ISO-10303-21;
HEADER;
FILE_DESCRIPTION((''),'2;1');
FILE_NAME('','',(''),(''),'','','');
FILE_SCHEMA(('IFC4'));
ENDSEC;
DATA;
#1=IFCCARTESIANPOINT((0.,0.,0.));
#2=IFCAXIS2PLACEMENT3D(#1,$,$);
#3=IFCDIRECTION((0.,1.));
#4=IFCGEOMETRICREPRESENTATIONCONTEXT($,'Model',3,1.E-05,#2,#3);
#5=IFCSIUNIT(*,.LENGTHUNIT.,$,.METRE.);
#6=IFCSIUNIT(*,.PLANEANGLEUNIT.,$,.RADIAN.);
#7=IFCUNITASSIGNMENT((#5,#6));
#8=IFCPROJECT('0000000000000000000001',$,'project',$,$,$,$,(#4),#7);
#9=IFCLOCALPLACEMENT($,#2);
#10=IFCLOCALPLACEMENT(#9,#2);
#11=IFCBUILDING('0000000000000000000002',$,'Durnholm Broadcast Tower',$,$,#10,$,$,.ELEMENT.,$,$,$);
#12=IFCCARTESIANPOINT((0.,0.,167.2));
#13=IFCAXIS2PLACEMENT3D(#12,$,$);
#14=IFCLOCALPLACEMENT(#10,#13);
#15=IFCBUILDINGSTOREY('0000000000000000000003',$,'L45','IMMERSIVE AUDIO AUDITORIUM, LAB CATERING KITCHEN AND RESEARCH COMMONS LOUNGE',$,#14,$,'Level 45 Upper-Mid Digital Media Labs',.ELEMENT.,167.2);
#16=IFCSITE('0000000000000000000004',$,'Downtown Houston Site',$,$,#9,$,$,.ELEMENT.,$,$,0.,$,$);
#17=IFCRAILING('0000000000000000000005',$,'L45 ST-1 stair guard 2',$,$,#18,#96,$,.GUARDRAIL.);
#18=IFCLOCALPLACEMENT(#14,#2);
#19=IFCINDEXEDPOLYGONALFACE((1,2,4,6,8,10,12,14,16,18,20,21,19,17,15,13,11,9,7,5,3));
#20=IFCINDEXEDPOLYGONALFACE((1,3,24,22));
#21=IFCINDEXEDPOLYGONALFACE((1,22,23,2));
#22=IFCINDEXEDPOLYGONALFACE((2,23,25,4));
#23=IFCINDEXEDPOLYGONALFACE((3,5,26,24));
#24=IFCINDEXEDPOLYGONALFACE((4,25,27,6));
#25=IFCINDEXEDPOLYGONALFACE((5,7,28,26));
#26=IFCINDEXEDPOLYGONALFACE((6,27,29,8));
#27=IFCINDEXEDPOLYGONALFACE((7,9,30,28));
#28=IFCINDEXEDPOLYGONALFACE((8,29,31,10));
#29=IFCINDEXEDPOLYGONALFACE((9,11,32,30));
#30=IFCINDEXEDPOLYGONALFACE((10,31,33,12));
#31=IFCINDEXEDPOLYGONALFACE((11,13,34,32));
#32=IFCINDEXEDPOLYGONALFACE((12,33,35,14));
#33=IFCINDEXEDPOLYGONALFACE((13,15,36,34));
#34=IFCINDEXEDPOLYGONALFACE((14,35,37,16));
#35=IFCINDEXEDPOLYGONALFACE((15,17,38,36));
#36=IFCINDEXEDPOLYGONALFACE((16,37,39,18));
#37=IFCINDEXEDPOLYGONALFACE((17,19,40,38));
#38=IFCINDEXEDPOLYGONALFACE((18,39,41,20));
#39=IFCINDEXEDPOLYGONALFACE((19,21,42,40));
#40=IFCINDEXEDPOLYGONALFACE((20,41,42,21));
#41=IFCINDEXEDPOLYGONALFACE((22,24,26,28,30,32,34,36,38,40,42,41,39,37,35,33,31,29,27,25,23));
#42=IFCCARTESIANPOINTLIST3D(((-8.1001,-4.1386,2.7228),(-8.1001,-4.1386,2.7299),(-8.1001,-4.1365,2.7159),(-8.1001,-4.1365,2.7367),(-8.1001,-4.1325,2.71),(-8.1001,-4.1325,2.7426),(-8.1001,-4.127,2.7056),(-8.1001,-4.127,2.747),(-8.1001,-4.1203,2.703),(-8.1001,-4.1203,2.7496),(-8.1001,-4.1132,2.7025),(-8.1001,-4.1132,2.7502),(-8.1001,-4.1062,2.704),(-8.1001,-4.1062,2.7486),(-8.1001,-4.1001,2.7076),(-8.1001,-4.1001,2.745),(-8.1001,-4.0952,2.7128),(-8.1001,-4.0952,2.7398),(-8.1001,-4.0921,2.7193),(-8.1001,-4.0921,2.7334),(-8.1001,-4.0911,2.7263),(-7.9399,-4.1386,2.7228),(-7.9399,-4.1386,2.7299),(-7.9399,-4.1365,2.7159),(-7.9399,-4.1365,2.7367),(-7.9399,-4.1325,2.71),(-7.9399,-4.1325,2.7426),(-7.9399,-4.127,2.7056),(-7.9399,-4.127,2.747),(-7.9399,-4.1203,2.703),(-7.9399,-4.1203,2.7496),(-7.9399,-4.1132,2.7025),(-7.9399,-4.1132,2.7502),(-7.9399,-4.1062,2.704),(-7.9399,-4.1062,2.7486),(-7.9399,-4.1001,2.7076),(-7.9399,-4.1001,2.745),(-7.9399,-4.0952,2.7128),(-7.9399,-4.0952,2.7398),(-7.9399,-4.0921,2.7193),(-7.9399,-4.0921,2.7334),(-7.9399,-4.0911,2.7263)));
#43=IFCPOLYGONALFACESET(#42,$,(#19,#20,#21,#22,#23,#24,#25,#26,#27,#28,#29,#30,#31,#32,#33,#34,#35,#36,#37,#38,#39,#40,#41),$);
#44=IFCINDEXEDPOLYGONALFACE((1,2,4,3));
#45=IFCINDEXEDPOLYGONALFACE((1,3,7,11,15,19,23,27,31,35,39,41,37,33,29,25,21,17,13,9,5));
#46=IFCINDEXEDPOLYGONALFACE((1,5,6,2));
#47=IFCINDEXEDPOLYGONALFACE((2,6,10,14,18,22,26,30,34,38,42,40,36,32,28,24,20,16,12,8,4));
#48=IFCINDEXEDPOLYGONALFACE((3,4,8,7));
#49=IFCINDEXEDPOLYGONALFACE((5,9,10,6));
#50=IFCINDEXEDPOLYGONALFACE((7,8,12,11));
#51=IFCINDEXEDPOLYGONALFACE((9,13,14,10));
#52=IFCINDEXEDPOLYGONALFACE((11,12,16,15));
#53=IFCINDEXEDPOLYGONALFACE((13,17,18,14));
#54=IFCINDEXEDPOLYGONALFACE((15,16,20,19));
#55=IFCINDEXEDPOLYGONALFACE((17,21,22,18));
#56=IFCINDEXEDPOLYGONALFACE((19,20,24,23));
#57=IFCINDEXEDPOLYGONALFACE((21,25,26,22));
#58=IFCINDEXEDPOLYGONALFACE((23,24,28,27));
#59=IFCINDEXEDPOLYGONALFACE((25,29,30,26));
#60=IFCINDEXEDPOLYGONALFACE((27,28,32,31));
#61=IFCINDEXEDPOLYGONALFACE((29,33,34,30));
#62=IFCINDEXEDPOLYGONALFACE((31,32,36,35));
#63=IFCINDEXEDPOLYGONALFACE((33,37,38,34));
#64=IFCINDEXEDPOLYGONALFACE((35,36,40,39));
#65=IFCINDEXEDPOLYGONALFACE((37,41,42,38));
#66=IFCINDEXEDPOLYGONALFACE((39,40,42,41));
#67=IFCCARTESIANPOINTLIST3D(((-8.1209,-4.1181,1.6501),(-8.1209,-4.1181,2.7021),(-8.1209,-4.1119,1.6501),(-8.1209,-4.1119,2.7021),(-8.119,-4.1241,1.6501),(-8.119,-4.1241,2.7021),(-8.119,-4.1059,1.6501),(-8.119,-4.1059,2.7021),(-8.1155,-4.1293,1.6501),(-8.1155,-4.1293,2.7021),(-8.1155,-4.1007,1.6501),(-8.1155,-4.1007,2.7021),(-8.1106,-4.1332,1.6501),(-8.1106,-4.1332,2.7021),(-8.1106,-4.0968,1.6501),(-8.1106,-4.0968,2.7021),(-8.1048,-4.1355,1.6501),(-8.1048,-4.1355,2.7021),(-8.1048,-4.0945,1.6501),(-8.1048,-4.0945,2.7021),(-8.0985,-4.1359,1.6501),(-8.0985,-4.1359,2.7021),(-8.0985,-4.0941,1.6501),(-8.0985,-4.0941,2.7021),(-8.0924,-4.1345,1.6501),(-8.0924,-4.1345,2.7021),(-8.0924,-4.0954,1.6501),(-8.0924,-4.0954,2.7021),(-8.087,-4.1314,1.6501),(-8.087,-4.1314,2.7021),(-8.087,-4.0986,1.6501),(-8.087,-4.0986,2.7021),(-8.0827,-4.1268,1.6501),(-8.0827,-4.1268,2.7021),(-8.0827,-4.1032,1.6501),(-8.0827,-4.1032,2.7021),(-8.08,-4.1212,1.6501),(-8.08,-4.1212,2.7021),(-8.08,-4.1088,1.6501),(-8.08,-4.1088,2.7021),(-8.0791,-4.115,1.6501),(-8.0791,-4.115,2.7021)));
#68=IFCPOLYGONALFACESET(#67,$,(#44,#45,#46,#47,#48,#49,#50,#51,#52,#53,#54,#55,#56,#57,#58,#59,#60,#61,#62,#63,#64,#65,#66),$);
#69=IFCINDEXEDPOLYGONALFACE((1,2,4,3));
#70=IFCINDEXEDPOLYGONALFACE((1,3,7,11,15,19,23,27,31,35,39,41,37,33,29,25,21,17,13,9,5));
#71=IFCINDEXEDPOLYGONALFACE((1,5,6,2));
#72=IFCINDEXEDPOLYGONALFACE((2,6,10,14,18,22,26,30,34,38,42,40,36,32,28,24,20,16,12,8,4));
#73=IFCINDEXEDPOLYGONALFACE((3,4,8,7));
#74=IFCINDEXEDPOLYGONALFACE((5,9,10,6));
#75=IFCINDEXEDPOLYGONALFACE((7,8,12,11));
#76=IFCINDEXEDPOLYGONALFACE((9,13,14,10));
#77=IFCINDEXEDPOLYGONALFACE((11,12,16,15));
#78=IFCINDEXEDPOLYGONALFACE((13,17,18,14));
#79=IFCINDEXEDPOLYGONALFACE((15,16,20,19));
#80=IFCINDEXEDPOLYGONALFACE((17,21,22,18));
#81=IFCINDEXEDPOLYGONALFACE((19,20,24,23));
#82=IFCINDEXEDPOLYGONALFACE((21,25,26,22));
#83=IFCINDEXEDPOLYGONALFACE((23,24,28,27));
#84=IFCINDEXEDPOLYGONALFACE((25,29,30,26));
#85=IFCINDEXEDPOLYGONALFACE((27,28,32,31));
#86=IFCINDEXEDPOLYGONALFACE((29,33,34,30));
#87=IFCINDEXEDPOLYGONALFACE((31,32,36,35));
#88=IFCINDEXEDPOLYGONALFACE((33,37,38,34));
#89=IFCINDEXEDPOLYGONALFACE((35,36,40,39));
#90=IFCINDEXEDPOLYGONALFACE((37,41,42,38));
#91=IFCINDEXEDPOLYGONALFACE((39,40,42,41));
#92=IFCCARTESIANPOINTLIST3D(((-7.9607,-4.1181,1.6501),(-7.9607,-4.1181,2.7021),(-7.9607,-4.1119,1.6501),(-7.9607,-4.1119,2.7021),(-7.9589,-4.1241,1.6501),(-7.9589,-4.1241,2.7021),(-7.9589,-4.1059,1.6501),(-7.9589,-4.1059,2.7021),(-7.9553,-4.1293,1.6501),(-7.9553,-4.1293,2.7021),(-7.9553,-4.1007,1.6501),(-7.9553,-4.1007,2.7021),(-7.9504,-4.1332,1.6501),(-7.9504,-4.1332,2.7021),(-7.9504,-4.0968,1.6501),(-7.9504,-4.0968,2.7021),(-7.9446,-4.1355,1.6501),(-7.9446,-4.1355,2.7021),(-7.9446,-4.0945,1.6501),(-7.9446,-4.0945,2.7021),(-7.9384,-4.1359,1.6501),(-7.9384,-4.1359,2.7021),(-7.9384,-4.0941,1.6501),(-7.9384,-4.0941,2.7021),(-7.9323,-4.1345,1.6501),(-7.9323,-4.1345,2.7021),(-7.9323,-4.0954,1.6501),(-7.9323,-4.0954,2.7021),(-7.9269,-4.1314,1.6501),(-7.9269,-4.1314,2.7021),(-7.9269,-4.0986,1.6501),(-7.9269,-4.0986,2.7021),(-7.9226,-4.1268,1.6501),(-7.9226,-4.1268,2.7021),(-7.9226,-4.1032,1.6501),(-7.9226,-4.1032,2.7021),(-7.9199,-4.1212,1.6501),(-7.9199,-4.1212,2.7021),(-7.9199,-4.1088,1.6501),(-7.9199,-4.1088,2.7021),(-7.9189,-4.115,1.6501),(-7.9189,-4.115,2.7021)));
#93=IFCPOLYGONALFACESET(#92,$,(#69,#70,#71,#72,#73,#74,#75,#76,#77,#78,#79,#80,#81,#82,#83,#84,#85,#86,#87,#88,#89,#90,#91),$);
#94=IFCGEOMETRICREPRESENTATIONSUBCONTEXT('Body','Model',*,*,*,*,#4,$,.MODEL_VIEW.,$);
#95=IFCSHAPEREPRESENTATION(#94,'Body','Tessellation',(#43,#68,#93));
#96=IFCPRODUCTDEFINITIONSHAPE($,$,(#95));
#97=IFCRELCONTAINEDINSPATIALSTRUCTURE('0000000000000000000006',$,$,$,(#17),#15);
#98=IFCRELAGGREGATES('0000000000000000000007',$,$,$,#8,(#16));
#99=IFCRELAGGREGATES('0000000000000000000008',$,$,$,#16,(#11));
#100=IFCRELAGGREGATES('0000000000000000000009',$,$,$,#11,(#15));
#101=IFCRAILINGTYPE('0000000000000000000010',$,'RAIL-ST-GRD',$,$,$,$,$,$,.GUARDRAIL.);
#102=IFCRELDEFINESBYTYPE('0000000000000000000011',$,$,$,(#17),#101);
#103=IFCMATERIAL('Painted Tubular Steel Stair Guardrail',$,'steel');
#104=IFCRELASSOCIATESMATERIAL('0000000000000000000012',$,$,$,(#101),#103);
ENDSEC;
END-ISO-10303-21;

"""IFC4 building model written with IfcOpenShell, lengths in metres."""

from ifc_helpers import new_model, si_unit, direction, frame, origin, origin_2d, place, context, subcontext, project, spatial, circle, extrude, material, type_object, element, save


model = new_model("IFC4")

# Units and contexts
model_context = context("Model", 3, precision=1e-05, world=origin(), true_north=direction((0.0, 1.0)))
body_context = subcontext(model_context, "Body", "Model", "MODEL_VIEW")
ifc_project = project(units=[si_unit("LENGTHUNIT", "METRE"), si_unit("PLANEANGLEUNIT", "RADIAN")], contexts=[model_context])

# Site, building, storey
site_placement = place(None, origin())
site = spatial("IfcSite", under=ifc_project, at=site_placement, Name="Downtown Houston Site", CompositionType="ELEMENT", RefElevation=0.0)
building_placement = place(site_placement, origin())
building = spatial("IfcBuilding", under=site, at=building_placement, Name="Durnholm Broadcast Tower", CompositionType="ELEMENT")
storey_placement = place(building_placement, frame((0.0, 0.0, 167.2)))
storey = spatial("IfcBuildingStorey", under=building, at=storey_placement, Name="L45", Description="IMMERSIVE AUDIO AUDITORIUM, LAB CATERING KITCHEN AND RESEARCH COMMONS LOUNGE", LongName="Level 45 Upper-Mid Digital Media Labs", CompositionType="ELEMENT", Elevation=167.2)

# Railing
ifc_material_1 = material(Name="Painted Tubular Steel Stair Guardrail", Category="steel")
railing_type_1 = type_object("IfcRailingType", Name="RAIL-ST-GRD", PredefinedType="GUARDRAIL", material=ifc_material_1)
railing_1_placement = place(storey_placement, frame((-8.1001, -4.115, 1.6501)))
element("IfcRailing", 1, at=railing_1_placement, inside=storey, type_object=railing_type_1, Name="L45 ST-1 stair guard 2", PredefinedType="GUARDRAIL", context=body_context, shape_type="SweptSolid", body=[
    extrude(circle(Radius=0.0239, at=origin_2d()), frame((0.0, 0.0, 1.0762), z_axis=(1.0, 0.0, 0.0), x_axis=(0.0, 1.0, 0.0)), (0.0, 0.0, 1.0), 0.1602),
    extrude(circle(Radius=0.021, at=origin_2d()), origin(), (0.0, 0.0, 1.0), 1.052),
    extrude(circle(Radius=0.021, at=origin_2d()), frame((0.1602, 0.0, 0.0)), (0.0, 0.0, 1.0), 1.052),
])

save(model, "model.ifc")
